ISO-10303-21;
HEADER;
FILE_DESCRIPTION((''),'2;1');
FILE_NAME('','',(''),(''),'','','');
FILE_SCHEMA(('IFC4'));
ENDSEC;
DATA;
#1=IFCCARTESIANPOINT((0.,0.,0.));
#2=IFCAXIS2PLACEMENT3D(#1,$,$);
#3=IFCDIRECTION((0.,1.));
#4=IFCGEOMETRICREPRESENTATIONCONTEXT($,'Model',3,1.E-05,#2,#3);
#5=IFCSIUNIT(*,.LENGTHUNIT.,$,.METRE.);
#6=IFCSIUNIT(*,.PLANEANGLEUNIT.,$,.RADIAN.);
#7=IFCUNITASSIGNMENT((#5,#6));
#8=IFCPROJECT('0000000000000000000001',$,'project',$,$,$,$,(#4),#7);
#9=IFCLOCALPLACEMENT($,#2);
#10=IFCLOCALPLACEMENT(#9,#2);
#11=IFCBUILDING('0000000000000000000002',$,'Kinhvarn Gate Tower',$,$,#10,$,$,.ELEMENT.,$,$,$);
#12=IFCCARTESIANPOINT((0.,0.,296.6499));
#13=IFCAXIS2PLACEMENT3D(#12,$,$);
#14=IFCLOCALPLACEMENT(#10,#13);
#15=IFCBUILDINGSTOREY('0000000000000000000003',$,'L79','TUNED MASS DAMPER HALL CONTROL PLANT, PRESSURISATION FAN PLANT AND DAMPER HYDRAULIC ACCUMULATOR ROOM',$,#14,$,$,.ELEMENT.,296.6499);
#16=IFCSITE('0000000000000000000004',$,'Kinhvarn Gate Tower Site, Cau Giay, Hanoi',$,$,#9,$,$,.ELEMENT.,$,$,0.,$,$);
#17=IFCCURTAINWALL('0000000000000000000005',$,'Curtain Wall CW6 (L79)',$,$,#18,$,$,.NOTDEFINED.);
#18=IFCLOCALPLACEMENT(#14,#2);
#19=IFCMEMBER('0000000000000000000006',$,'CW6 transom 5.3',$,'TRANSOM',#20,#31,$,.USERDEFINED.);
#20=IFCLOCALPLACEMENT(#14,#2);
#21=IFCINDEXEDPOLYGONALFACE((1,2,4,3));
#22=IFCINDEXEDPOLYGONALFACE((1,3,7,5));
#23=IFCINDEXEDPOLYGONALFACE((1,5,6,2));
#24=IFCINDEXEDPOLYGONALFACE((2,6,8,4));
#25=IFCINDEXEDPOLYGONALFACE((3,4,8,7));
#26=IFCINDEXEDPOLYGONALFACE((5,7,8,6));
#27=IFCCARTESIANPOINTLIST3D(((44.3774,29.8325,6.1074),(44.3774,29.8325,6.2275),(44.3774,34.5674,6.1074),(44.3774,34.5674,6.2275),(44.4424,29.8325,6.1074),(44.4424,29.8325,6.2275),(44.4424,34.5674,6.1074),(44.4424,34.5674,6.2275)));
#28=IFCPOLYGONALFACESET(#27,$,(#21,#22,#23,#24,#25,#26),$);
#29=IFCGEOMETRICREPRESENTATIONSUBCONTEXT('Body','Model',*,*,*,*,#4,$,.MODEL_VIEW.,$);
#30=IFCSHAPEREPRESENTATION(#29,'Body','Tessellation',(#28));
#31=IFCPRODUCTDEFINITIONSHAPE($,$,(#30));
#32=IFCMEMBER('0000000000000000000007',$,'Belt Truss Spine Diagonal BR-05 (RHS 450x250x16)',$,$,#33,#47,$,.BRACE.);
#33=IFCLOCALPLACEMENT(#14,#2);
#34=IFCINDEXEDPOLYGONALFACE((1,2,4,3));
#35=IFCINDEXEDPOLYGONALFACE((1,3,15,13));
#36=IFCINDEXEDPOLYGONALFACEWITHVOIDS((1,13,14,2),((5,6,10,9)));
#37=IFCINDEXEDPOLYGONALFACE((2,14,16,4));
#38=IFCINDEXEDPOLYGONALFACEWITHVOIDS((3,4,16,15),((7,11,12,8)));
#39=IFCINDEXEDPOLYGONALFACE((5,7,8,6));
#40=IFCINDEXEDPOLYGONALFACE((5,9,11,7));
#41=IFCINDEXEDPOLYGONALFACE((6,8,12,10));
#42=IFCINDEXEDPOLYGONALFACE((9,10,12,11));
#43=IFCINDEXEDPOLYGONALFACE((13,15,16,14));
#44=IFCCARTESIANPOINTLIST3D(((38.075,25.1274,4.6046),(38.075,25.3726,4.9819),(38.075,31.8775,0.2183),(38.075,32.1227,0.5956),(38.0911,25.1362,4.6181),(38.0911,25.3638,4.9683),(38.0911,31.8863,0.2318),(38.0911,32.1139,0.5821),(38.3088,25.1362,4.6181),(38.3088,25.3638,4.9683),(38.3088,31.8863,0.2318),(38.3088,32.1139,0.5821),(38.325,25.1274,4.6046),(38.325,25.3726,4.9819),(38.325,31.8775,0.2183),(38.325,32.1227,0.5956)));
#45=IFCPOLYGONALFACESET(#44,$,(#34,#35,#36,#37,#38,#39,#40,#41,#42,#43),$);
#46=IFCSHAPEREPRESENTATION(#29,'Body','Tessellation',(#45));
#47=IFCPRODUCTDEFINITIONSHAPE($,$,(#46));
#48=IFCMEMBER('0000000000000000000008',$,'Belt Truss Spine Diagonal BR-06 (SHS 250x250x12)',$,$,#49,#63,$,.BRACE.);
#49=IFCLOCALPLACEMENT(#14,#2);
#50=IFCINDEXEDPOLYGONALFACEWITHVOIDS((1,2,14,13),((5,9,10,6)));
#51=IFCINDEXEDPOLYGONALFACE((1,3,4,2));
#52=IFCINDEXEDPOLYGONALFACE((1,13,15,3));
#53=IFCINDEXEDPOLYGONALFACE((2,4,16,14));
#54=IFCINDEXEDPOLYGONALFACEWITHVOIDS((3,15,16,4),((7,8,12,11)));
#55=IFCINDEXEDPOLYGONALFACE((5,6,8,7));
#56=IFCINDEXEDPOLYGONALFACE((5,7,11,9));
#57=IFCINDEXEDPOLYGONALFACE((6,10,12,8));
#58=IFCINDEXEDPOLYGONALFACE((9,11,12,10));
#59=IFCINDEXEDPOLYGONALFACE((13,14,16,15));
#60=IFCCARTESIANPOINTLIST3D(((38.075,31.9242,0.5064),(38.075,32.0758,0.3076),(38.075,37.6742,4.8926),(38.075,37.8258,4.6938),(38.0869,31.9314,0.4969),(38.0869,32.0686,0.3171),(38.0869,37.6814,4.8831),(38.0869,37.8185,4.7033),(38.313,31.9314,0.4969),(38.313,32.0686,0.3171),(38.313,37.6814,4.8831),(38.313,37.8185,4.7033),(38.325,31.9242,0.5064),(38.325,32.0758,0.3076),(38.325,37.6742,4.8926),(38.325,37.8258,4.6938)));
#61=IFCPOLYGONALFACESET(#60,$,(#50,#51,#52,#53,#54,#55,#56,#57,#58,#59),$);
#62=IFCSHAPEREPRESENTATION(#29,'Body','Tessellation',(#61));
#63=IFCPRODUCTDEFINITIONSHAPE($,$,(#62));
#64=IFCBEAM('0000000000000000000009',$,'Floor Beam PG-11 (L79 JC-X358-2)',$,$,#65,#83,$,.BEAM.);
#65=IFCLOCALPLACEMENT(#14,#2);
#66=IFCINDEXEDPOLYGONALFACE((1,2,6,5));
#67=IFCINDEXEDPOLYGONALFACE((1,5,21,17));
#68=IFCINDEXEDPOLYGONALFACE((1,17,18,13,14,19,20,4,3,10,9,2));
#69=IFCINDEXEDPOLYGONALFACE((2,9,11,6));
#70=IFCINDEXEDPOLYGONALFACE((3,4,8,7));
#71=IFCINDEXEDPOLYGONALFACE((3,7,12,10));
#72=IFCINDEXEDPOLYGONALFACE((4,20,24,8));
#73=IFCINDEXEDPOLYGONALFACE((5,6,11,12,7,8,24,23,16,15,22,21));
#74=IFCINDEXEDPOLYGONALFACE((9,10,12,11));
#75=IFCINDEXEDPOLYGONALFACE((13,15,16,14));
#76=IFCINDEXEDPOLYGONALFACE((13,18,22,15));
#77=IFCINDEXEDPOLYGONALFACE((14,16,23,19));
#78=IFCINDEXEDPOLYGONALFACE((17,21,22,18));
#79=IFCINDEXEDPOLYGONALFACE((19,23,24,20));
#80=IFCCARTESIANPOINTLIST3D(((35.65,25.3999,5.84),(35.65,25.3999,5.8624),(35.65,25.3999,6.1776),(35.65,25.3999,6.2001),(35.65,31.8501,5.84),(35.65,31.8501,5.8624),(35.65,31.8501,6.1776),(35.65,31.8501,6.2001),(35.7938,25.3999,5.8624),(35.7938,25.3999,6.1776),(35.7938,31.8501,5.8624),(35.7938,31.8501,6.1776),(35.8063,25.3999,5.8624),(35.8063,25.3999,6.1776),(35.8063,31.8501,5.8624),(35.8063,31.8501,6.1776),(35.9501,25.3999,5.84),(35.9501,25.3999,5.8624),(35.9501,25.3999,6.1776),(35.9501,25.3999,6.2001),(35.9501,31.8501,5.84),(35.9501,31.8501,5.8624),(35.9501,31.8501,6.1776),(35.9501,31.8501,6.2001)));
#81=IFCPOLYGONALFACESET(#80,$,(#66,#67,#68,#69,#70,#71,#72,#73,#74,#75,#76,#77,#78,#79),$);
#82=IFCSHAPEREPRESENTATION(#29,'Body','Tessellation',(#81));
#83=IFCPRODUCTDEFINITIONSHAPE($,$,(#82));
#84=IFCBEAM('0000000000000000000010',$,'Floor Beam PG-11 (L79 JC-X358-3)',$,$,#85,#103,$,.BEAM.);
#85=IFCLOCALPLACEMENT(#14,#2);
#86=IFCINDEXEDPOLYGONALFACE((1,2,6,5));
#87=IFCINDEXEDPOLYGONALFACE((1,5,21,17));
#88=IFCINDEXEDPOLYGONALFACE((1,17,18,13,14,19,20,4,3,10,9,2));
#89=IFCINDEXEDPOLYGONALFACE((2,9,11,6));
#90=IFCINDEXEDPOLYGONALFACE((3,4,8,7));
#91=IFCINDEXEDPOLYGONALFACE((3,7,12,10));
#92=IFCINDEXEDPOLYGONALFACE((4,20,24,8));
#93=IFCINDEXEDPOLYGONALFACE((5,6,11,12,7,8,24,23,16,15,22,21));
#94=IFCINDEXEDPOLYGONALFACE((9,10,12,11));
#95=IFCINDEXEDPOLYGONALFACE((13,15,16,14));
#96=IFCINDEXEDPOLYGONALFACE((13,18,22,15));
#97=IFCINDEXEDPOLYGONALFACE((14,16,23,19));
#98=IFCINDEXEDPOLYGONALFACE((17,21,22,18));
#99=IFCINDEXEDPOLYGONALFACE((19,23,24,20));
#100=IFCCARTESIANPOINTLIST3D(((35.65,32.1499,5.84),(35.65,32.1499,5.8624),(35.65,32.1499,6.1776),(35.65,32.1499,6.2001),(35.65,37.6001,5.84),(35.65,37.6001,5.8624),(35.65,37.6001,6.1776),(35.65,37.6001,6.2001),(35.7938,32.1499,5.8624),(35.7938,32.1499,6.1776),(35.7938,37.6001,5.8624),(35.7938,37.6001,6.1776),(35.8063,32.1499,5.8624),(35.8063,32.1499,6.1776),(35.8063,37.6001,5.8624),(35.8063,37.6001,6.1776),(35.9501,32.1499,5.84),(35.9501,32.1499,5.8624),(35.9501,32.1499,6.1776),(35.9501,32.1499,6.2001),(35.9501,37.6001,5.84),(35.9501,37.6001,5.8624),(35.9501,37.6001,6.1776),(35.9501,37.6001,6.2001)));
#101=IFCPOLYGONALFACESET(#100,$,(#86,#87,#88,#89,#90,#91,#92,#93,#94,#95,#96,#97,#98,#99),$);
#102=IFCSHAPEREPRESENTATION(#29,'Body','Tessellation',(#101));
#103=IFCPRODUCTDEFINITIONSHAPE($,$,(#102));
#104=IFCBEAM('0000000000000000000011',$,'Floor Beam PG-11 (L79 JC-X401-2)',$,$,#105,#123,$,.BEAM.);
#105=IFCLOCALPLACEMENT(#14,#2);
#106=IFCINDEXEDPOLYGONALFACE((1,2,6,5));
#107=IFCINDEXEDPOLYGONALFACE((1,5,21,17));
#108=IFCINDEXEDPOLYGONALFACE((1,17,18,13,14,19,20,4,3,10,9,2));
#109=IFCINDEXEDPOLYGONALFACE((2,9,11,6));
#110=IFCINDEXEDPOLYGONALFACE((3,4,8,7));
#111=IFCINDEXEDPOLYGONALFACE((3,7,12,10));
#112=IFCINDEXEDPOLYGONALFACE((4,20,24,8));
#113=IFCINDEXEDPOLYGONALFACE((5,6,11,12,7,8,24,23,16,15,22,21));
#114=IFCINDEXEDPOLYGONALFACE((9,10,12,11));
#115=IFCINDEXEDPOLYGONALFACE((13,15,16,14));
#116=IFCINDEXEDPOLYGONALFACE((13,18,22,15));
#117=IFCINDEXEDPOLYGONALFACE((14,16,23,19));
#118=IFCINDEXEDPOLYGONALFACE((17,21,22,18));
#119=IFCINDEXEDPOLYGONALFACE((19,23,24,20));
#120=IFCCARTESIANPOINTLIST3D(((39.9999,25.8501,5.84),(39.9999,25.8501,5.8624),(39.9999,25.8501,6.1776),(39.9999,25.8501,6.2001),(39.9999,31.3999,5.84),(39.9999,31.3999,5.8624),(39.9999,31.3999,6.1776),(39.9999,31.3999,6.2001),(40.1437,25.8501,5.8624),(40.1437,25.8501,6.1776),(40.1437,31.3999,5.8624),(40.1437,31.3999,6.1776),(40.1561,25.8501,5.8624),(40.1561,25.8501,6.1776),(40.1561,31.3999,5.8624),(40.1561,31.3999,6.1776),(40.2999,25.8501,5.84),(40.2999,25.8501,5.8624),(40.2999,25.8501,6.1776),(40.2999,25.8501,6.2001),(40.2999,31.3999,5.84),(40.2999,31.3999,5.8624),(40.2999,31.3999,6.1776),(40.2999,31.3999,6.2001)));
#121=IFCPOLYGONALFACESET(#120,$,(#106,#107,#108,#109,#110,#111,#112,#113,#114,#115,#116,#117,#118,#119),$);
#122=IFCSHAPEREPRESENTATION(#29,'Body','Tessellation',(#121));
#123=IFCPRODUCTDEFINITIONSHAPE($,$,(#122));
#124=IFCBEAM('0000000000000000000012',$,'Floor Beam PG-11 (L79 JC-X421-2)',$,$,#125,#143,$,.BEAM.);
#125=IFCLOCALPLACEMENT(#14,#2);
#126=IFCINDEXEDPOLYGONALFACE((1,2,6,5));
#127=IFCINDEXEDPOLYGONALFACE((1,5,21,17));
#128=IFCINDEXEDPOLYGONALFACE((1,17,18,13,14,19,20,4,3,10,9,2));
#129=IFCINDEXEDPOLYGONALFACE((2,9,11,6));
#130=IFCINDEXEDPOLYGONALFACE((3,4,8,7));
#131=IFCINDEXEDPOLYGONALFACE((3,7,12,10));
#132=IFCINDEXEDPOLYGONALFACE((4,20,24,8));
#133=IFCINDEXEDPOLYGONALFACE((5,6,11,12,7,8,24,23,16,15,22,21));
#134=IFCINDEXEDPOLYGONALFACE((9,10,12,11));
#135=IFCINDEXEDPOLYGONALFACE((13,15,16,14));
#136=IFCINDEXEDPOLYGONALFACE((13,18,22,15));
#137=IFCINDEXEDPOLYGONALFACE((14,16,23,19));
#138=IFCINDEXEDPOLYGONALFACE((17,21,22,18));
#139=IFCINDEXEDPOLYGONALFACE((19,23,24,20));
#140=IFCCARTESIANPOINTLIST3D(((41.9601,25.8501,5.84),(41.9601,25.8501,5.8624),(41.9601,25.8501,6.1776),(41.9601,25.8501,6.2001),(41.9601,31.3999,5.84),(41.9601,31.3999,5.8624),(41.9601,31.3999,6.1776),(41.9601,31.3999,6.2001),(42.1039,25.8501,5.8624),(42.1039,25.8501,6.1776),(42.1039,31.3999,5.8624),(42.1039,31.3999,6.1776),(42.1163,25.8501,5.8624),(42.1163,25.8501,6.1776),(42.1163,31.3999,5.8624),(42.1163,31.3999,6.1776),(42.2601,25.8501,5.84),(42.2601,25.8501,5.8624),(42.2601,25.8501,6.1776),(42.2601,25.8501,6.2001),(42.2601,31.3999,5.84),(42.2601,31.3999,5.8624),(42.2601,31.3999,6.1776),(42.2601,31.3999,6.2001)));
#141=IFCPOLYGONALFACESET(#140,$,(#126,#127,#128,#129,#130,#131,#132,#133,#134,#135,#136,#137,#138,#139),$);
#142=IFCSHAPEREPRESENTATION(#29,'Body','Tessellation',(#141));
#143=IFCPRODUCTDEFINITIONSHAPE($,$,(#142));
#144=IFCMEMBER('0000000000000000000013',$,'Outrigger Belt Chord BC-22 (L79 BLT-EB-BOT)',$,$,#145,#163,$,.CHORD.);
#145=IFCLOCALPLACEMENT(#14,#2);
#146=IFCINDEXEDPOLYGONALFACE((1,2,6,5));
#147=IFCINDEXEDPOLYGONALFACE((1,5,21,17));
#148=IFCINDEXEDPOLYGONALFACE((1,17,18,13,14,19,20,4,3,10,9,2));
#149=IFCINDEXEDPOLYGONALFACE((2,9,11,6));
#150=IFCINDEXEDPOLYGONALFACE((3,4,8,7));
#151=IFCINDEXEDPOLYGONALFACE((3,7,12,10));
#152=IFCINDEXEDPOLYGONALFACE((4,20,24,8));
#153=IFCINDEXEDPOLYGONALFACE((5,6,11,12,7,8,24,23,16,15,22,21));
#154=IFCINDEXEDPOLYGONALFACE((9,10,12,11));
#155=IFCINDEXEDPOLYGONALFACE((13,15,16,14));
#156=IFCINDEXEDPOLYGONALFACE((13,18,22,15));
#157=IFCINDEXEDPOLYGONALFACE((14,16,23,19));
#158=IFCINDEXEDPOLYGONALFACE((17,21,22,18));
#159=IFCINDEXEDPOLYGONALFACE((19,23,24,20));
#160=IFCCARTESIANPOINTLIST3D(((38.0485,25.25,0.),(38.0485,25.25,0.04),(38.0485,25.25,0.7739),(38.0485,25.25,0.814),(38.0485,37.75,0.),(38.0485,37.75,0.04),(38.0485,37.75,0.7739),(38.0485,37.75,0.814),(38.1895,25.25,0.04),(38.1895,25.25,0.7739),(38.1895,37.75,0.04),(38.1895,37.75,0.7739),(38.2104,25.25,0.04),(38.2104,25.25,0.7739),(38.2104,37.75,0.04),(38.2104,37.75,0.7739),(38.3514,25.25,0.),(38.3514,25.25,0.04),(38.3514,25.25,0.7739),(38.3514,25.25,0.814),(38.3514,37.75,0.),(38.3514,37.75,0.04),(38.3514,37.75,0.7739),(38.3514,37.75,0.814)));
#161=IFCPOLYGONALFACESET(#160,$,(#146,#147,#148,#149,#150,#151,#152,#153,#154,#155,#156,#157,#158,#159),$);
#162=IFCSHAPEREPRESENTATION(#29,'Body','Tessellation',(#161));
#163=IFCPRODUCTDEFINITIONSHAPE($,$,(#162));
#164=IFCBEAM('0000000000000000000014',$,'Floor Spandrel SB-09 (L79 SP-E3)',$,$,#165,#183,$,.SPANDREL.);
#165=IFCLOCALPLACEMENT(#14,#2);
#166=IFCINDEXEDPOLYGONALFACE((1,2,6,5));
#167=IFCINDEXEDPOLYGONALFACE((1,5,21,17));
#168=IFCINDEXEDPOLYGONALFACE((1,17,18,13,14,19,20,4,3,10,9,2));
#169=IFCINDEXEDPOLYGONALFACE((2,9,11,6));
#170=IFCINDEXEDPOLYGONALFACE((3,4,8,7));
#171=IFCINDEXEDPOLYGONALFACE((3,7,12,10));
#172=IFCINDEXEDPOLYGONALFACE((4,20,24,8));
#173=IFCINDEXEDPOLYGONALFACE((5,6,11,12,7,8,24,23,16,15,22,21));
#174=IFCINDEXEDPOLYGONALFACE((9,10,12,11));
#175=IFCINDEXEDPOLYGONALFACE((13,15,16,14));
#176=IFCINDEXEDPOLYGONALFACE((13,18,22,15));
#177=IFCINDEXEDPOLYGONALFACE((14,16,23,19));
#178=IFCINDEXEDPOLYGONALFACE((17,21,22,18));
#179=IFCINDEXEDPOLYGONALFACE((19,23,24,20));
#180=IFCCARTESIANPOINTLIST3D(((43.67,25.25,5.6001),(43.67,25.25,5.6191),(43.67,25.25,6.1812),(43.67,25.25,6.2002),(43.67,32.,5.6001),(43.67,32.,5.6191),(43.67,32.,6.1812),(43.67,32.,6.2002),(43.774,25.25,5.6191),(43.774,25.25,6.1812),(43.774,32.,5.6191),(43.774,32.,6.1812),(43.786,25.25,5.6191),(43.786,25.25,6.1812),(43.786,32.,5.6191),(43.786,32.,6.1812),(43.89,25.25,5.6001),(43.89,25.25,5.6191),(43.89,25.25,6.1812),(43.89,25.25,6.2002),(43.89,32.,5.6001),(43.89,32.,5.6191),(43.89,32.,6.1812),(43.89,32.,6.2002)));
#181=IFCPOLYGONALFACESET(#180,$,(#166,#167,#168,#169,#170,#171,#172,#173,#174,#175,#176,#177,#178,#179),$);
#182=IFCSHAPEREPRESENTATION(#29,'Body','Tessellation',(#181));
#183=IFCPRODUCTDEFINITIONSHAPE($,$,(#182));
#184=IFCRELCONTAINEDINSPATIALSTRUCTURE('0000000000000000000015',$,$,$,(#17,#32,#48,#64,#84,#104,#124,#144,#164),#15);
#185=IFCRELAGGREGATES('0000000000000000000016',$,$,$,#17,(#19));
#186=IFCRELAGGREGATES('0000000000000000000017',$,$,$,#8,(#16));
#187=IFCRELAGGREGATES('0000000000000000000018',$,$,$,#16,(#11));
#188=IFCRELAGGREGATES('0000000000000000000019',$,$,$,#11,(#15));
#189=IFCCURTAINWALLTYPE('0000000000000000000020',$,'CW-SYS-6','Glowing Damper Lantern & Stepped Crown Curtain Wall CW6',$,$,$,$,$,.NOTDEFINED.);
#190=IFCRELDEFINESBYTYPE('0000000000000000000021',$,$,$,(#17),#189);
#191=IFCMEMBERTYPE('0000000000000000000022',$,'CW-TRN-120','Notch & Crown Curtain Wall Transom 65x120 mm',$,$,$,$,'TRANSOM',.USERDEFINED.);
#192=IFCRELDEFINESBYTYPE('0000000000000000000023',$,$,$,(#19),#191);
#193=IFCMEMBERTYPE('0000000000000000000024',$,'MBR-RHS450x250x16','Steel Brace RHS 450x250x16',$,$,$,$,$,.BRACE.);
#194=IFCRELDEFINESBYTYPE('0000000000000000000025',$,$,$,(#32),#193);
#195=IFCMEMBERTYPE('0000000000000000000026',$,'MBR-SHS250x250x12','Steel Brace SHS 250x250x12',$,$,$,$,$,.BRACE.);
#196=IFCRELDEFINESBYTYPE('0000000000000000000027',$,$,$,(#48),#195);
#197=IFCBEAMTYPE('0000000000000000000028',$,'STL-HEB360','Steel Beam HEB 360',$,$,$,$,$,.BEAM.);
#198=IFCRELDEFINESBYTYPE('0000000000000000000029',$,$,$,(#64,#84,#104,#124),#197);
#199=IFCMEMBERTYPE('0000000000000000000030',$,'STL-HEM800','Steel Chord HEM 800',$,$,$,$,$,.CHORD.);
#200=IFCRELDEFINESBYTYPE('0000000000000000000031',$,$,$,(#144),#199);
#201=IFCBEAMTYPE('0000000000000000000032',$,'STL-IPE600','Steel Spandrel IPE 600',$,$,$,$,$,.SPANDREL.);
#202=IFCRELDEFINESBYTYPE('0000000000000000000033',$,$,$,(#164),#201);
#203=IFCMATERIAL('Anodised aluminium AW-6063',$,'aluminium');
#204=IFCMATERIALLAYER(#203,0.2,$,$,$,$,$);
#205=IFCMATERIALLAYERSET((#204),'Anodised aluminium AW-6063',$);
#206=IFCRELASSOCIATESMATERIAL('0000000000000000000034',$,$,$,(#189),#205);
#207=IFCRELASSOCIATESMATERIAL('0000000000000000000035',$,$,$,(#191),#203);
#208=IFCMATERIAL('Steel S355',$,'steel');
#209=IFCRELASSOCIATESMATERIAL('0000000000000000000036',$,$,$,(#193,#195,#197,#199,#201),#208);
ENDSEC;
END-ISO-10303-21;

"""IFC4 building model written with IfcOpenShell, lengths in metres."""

from ifc_helpers import new_model, si_unit, direction, frame, origin, origin_2d, place, context, subcontext, project, spatial, rectangle, hollow_rectangle, i_section, extrude, material, layer, layer_set, material_profile, profile_set, type_object, element, aggregate, save


model = new_model("IFC4")

# Units and contexts
model_context = context("Model", 3, precision=1e-05, world=origin(), true_north=direction((0.0, 1.0)))
body_context = subcontext(model_context, "Body", "Model", "MODEL_VIEW")
ifc_project = project(units=[si_unit("LENGTHUNIT", "METRE"), si_unit("PLANEANGLEUNIT", "RADIAN")], contexts=[model_context])

# Site, building, storey
site_placement = place(None, origin())
site = spatial("IfcSite", under=ifc_project, at=site_placement, Name="Kinhvarn Gate Tower Site, Cau Giay, Hanoi", CompositionType="ELEMENT", RefElevation=0.0)
building_placement = place(site_placement, origin())
building = spatial("IfcBuilding", under=site, at=building_placement, Name="Kinhvarn Gate Tower", CompositionType="ELEMENT")
storey_placement = place(building_placement, frame((0.0, 0.0, 296.6499)))
storey = spatial("IfcBuildingStorey", under=building, at=storey_placement, Name="L79", Description="TUNED MASS DAMPER HALL CONTROL PLANT, PRESSURISATION FAN PLANT AND DAMPER HYDRAULIC ACCUMULATOR ROOM", CompositionType="ELEMENT", Elevation=296.6499)

# Shared definitions
ifc_material_1 = material(Name="Steel S355", Category="steel")

# Curtain wall, member
ifc_material_2 = material(Name="Anodised aluminium AW-6063", Category="aluminium")
ifc_layer_1 = layer(ifc_material_2, 0.2)
ifc_layer_set_1 = layer_set([ifc_layer_1], Name="Anodised aluminium AW-6063")
curtain_wall_type = type_object("IfcCurtainWallType", Name="CW-SYS-6", Description="Glowing Damper Lantern & Stepped Crown Curtain Wall CW6", PredefinedType="NOTDEFINED", material=ifc_layer_set_1)
curtain_wall_placement = place(storey_placement, origin())
curtain_wall = element("IfcCurtainWall", 1, at=curtain_wall_placement, inside=storey, type_object=curtain_wall_type, Name="Curtain Wall CW6 (L79)", PredefinedType="NOTDEFINED")
ifc_material_profile_1 = material_profile(ifc_material_2, rectangle(XDim=0.0649, YDim=0.1201, at=origin_2d()), Name="ALU 65x120")
ifc_profile_set_1 = profile_set([ifc_material_profile_1], Name="Anodised aluminium AW-6063")
member_type_1 = type_object("IfcMemberType", Name="CW-TRN-120", Description="Notch & Crown Curtain Wall Transom 65x120 mm", ElementType="TRANSOM", PredefinedType="USERDEFINED", material=ifc_profile_set_1)
member_1_placement = place(storey_placement, frame((44.4099, 29.8325, 6.1675), z_axis=(0.0, 1.0, 0.0), x_axis=(-1.0, 0.0, 0.0)))
member_1 = element("IfcMember", 2, at=member_1_placement, type_object=member_type_1, Name="CW6 transom 5.3", ObjectType="TRANSOM", PredefinedType="USERDEFINED", context=body_context, shape_type="SweptSolid", body=[
    extrude(rectangle(XDim=0.0649, YDim=0.1201, at=origin_2d()), origin(), (0.0, 0.0, 1.0), 4.7349),
])

# Members
ifc_material_profile_2 = material_profile(ifc_material_1, hollow_rectangle(XDim=0.25, YDim=0.45, WallThickness=0.0161, at=origin_2d()), Name="RHS 450x250x16")
ifc_profile_set_2 = profile_set([ifc_material_profile_2], Name="Steel S355")
member_type_2 = type_object("IfcMemberType", Name="MBR-RHS450x250x16", Description="Steel Brace RHS 450x250x16", PredefinedType="BRACE", material=ifc_profile_set_2)
member_2_placement = place(storey_placement, frame((38.2, 25.25, 4.7932), z_axis=(0.0, 0.838516, -0.544877), x_axis=(-1.0, 0.0, 0.0)))
element("IfcMember", 3, at=member_2_placement, inside=storey, type_object=member_type_2, Name="Belt Truss Spine Diagonal BR-05 (RHS 450x250x16)", PredefinedType="BRACE", context=body_context, shape_type="SweptSolid", body=[
    extrude(hollow_rectangle(XDim=0.25, YDim=0.45, WallThickness=0.0161, at=origin_2d()), origin(), (0.0, 0.0, 1.0), 8.05),
])
ifc_material_profile_3 = material_profile(ifc_material_1, hollow_rectangle(XDim=0.25, YDim=0.25, WallThickness=0.012, at=origin_2d()), Name="SHS 250x250x12")
ifc_profile_set_3 = profile_set([ifc_material_profile_3], Name="Steel S355")
member_type_3 = type_object("IfcMemberType", Name="MBR-SHS250x250x12", Description="Steel Brace SHS 250x250x12", PredefinedType="BRACE", material=ifc_profile_set_3)
member_3_placement = place(storey_placement, frame((38.2, 32.0, 0.407), z_axis=(0.0, 0.79508, 0.606505), x_axis=(-1.0, 0.0, 0.0)))
element("IfcMember", 4, at=member_3_placement, inside=storey, type_object=member_type_3, Name="Belt Truss Spine Diagonal BR-06 (SHS 250x250x12)", PredefinedType="BRACE", context=body_context, shape_type="SweptSolid", body=[
    extrude(hollow_rectangle(XDim=0.25, YDim=0.25, WallThickness=0.012, at=origin_2d()), origin(), (0.0, 0.0, 1.0), 7.2319),
])

# Beams
ifc_material_profile_4 = material_profile(ifc_material_1, i_section(OverallWidth=0.3, OverallDepth=0.3601, WebThickness=0.0125, FlangeThickness=0.0225, at=origin_2d()), Name="HEB 360")
ifc_profile_set_4 = profile_set([ifc_material_profile_4], Name="Steel S355")
beam_type_1 = type_object("IfcBeamType", Name="STL-HEB360", Description="Steel Beam HEB 360", PredefinedType="BEAM", material=ifc_profile_set_4)
beam_1_placement = place(storey_placement, frame((35.8, 25.3999, 6.02), z_axis=(0.0, 1.0, 0.0), x_axis=(-1.0, 0.0, 0.0)))
element("IfcBeam", 5, at=beam_1_placement, inside=storey, type_object=beam_type_1, Name="Floor Beam PG-11 (L79 JC-X358-2)", PredefinedType="BEAM", context=body_context, shape_type="SweptSolid", body=[
    extrude(i_section(OverallWidth=0.3, OverallDepth=0.3601, WebThickness=0.0125, FlangeThickness=0.0225, at=origin_2d()), origin(), (0.0, 0.0, 1.0), 6.4502),
])
beam_2_placement = place(storey_placement, frame((35.8, 32.1499, 6.02), z_axis=(0.0, 1.0, 0.0), x_axis=(-1.0, 0.0, 0.0)))
element("IfcBeam", 6, at=beam_2_placement, inside=storey, type_object=beam_type_1, Name="Floor Beam PG-11 (L79 JC-X358-3)", PredefinedType="BEAM", context=body_context, shape_type="SweptSolid", body=[
    extrude(i_section(OverallWidth=0.3, OverallDepth=0.3601, WebThickness=0.0125, FlangeThickness=0.0225, at=origin_2d()), origin(), (0.0, 0.0, 1.0), 5.4502),
])
for number, where, z_axis, x_axis, name in (
    (7, (40.1499, 25.8501, 6.02), (0.0, 1.0, 0.0), (-1.0, 0.0, 0.0), "Floor Beam PG-11 (L79 JC-X401-2)"),
    (8, (42.1101, 25.8501, 6.02), (0.0, 1.0, 0.0), (-1.0, 0.0, 0.0), "Floor Beam PG-11 (L79 JC-X421-2)"),
):
    element("IfcBeam", number, at=place(storey_placement, frame(where, z_axis=z_axis, x_axis=x_axis)), inside=storey, type_object=beam_type_1, Name=name, PredefinedType="BEAM", context=body_context, shape_type="SweptSolid", body=[
        extrude(i_section(OverallWidth=0.3, OverallDepth=0.3601, WebThickness=0.0125, FlangeThickness=0.0225, at=origin_2d()), origin(), (0.0, 0.0, 1.0), 5.5498),
    ])

# Member
ifc_material_profile_5 = material_profile(ifc_material_1, i_section(OverallWidth=0.303, OverallDepth=0.814, WebThickness=0.021, FlangeThickness=0.04, at=origin_2d()), Name="HEM 800")
ifc_profile_set_5 = profile_set([ifc_material_profile_5], Name="Steel S355")
member_type_4 = type_object("IfcMemberType", Name="STL-HEM800", Description="Steel Chord HEM 800", PredefinedType="CHORD", material=ifc_profile_set_5)
member_4_placement = place(storey_placement, frame((38.2, 25.25, 0.407), z_axis=(0.0, 1.0, 0.0), x_axis=(-1.0, 0.0, 0.0)))
element("IfcMember", 9, at=member_4_placement, inside=storey, type_object=member_type_4, Name="Outrigger Belt Chord BC-22 (L79 BLT-EB-BOT)", PredefinedType="CHORD", context=body_context, shape_type="SweptSolid", body=[
    extrude(i_section(OverallWidth=0.303, OverallDepth=0.814, WebThickness=0.021, FlangeThickness=0.04, at=origin_2d()), origin(), (0.0, 0.0, 1.0), 12.5),
])

# Beam
ifc_material_profile_6 = material_profile(ifc_material_1, i_section(OverallWidth=0.22, OverallDepth=0.6001, WebThickness=0.012, FlangeThickness=0.019, at=origin_2d()), Name="IPE 600")
ifc_profile_set_6 = profile_set([ifc_material_profile_6], Name="Steel S355")
beam_type_2 = type_object("IfcBeamType", Name="STL-IPE600", Description="Steel Spandrel IPE 600", PredefinedType="SPANDREL", material=ifc_profile_set_6)
beam_3_placement = place(storey_placement, frame((43.78, 25.25, 5.9001), z_axis=(0.0, 1.0, 0.0), x_axis=(-1.0, 0.0, 0.0)))
element("IfcBeam", 10, at=beam_3_placement, inside=storey, type_object=beam_type_2, Name="Floor Spandrel SB-09 (L79 SP-E3)", PredefinedType="SPANDREL", context=body_context, shape_type="SweptSolid", body=[
    extrude(i_section(OverallWidth=0.22, OverallDepth=0.6001, WebThickness=0.012, FlangeThickness=0.019, at=origin_2d()), origin(), (0.0, 0.0, 1.0), 6.75),
])

aggregate(curtain_wall, [member_1])

save(model, "model.ifc")
